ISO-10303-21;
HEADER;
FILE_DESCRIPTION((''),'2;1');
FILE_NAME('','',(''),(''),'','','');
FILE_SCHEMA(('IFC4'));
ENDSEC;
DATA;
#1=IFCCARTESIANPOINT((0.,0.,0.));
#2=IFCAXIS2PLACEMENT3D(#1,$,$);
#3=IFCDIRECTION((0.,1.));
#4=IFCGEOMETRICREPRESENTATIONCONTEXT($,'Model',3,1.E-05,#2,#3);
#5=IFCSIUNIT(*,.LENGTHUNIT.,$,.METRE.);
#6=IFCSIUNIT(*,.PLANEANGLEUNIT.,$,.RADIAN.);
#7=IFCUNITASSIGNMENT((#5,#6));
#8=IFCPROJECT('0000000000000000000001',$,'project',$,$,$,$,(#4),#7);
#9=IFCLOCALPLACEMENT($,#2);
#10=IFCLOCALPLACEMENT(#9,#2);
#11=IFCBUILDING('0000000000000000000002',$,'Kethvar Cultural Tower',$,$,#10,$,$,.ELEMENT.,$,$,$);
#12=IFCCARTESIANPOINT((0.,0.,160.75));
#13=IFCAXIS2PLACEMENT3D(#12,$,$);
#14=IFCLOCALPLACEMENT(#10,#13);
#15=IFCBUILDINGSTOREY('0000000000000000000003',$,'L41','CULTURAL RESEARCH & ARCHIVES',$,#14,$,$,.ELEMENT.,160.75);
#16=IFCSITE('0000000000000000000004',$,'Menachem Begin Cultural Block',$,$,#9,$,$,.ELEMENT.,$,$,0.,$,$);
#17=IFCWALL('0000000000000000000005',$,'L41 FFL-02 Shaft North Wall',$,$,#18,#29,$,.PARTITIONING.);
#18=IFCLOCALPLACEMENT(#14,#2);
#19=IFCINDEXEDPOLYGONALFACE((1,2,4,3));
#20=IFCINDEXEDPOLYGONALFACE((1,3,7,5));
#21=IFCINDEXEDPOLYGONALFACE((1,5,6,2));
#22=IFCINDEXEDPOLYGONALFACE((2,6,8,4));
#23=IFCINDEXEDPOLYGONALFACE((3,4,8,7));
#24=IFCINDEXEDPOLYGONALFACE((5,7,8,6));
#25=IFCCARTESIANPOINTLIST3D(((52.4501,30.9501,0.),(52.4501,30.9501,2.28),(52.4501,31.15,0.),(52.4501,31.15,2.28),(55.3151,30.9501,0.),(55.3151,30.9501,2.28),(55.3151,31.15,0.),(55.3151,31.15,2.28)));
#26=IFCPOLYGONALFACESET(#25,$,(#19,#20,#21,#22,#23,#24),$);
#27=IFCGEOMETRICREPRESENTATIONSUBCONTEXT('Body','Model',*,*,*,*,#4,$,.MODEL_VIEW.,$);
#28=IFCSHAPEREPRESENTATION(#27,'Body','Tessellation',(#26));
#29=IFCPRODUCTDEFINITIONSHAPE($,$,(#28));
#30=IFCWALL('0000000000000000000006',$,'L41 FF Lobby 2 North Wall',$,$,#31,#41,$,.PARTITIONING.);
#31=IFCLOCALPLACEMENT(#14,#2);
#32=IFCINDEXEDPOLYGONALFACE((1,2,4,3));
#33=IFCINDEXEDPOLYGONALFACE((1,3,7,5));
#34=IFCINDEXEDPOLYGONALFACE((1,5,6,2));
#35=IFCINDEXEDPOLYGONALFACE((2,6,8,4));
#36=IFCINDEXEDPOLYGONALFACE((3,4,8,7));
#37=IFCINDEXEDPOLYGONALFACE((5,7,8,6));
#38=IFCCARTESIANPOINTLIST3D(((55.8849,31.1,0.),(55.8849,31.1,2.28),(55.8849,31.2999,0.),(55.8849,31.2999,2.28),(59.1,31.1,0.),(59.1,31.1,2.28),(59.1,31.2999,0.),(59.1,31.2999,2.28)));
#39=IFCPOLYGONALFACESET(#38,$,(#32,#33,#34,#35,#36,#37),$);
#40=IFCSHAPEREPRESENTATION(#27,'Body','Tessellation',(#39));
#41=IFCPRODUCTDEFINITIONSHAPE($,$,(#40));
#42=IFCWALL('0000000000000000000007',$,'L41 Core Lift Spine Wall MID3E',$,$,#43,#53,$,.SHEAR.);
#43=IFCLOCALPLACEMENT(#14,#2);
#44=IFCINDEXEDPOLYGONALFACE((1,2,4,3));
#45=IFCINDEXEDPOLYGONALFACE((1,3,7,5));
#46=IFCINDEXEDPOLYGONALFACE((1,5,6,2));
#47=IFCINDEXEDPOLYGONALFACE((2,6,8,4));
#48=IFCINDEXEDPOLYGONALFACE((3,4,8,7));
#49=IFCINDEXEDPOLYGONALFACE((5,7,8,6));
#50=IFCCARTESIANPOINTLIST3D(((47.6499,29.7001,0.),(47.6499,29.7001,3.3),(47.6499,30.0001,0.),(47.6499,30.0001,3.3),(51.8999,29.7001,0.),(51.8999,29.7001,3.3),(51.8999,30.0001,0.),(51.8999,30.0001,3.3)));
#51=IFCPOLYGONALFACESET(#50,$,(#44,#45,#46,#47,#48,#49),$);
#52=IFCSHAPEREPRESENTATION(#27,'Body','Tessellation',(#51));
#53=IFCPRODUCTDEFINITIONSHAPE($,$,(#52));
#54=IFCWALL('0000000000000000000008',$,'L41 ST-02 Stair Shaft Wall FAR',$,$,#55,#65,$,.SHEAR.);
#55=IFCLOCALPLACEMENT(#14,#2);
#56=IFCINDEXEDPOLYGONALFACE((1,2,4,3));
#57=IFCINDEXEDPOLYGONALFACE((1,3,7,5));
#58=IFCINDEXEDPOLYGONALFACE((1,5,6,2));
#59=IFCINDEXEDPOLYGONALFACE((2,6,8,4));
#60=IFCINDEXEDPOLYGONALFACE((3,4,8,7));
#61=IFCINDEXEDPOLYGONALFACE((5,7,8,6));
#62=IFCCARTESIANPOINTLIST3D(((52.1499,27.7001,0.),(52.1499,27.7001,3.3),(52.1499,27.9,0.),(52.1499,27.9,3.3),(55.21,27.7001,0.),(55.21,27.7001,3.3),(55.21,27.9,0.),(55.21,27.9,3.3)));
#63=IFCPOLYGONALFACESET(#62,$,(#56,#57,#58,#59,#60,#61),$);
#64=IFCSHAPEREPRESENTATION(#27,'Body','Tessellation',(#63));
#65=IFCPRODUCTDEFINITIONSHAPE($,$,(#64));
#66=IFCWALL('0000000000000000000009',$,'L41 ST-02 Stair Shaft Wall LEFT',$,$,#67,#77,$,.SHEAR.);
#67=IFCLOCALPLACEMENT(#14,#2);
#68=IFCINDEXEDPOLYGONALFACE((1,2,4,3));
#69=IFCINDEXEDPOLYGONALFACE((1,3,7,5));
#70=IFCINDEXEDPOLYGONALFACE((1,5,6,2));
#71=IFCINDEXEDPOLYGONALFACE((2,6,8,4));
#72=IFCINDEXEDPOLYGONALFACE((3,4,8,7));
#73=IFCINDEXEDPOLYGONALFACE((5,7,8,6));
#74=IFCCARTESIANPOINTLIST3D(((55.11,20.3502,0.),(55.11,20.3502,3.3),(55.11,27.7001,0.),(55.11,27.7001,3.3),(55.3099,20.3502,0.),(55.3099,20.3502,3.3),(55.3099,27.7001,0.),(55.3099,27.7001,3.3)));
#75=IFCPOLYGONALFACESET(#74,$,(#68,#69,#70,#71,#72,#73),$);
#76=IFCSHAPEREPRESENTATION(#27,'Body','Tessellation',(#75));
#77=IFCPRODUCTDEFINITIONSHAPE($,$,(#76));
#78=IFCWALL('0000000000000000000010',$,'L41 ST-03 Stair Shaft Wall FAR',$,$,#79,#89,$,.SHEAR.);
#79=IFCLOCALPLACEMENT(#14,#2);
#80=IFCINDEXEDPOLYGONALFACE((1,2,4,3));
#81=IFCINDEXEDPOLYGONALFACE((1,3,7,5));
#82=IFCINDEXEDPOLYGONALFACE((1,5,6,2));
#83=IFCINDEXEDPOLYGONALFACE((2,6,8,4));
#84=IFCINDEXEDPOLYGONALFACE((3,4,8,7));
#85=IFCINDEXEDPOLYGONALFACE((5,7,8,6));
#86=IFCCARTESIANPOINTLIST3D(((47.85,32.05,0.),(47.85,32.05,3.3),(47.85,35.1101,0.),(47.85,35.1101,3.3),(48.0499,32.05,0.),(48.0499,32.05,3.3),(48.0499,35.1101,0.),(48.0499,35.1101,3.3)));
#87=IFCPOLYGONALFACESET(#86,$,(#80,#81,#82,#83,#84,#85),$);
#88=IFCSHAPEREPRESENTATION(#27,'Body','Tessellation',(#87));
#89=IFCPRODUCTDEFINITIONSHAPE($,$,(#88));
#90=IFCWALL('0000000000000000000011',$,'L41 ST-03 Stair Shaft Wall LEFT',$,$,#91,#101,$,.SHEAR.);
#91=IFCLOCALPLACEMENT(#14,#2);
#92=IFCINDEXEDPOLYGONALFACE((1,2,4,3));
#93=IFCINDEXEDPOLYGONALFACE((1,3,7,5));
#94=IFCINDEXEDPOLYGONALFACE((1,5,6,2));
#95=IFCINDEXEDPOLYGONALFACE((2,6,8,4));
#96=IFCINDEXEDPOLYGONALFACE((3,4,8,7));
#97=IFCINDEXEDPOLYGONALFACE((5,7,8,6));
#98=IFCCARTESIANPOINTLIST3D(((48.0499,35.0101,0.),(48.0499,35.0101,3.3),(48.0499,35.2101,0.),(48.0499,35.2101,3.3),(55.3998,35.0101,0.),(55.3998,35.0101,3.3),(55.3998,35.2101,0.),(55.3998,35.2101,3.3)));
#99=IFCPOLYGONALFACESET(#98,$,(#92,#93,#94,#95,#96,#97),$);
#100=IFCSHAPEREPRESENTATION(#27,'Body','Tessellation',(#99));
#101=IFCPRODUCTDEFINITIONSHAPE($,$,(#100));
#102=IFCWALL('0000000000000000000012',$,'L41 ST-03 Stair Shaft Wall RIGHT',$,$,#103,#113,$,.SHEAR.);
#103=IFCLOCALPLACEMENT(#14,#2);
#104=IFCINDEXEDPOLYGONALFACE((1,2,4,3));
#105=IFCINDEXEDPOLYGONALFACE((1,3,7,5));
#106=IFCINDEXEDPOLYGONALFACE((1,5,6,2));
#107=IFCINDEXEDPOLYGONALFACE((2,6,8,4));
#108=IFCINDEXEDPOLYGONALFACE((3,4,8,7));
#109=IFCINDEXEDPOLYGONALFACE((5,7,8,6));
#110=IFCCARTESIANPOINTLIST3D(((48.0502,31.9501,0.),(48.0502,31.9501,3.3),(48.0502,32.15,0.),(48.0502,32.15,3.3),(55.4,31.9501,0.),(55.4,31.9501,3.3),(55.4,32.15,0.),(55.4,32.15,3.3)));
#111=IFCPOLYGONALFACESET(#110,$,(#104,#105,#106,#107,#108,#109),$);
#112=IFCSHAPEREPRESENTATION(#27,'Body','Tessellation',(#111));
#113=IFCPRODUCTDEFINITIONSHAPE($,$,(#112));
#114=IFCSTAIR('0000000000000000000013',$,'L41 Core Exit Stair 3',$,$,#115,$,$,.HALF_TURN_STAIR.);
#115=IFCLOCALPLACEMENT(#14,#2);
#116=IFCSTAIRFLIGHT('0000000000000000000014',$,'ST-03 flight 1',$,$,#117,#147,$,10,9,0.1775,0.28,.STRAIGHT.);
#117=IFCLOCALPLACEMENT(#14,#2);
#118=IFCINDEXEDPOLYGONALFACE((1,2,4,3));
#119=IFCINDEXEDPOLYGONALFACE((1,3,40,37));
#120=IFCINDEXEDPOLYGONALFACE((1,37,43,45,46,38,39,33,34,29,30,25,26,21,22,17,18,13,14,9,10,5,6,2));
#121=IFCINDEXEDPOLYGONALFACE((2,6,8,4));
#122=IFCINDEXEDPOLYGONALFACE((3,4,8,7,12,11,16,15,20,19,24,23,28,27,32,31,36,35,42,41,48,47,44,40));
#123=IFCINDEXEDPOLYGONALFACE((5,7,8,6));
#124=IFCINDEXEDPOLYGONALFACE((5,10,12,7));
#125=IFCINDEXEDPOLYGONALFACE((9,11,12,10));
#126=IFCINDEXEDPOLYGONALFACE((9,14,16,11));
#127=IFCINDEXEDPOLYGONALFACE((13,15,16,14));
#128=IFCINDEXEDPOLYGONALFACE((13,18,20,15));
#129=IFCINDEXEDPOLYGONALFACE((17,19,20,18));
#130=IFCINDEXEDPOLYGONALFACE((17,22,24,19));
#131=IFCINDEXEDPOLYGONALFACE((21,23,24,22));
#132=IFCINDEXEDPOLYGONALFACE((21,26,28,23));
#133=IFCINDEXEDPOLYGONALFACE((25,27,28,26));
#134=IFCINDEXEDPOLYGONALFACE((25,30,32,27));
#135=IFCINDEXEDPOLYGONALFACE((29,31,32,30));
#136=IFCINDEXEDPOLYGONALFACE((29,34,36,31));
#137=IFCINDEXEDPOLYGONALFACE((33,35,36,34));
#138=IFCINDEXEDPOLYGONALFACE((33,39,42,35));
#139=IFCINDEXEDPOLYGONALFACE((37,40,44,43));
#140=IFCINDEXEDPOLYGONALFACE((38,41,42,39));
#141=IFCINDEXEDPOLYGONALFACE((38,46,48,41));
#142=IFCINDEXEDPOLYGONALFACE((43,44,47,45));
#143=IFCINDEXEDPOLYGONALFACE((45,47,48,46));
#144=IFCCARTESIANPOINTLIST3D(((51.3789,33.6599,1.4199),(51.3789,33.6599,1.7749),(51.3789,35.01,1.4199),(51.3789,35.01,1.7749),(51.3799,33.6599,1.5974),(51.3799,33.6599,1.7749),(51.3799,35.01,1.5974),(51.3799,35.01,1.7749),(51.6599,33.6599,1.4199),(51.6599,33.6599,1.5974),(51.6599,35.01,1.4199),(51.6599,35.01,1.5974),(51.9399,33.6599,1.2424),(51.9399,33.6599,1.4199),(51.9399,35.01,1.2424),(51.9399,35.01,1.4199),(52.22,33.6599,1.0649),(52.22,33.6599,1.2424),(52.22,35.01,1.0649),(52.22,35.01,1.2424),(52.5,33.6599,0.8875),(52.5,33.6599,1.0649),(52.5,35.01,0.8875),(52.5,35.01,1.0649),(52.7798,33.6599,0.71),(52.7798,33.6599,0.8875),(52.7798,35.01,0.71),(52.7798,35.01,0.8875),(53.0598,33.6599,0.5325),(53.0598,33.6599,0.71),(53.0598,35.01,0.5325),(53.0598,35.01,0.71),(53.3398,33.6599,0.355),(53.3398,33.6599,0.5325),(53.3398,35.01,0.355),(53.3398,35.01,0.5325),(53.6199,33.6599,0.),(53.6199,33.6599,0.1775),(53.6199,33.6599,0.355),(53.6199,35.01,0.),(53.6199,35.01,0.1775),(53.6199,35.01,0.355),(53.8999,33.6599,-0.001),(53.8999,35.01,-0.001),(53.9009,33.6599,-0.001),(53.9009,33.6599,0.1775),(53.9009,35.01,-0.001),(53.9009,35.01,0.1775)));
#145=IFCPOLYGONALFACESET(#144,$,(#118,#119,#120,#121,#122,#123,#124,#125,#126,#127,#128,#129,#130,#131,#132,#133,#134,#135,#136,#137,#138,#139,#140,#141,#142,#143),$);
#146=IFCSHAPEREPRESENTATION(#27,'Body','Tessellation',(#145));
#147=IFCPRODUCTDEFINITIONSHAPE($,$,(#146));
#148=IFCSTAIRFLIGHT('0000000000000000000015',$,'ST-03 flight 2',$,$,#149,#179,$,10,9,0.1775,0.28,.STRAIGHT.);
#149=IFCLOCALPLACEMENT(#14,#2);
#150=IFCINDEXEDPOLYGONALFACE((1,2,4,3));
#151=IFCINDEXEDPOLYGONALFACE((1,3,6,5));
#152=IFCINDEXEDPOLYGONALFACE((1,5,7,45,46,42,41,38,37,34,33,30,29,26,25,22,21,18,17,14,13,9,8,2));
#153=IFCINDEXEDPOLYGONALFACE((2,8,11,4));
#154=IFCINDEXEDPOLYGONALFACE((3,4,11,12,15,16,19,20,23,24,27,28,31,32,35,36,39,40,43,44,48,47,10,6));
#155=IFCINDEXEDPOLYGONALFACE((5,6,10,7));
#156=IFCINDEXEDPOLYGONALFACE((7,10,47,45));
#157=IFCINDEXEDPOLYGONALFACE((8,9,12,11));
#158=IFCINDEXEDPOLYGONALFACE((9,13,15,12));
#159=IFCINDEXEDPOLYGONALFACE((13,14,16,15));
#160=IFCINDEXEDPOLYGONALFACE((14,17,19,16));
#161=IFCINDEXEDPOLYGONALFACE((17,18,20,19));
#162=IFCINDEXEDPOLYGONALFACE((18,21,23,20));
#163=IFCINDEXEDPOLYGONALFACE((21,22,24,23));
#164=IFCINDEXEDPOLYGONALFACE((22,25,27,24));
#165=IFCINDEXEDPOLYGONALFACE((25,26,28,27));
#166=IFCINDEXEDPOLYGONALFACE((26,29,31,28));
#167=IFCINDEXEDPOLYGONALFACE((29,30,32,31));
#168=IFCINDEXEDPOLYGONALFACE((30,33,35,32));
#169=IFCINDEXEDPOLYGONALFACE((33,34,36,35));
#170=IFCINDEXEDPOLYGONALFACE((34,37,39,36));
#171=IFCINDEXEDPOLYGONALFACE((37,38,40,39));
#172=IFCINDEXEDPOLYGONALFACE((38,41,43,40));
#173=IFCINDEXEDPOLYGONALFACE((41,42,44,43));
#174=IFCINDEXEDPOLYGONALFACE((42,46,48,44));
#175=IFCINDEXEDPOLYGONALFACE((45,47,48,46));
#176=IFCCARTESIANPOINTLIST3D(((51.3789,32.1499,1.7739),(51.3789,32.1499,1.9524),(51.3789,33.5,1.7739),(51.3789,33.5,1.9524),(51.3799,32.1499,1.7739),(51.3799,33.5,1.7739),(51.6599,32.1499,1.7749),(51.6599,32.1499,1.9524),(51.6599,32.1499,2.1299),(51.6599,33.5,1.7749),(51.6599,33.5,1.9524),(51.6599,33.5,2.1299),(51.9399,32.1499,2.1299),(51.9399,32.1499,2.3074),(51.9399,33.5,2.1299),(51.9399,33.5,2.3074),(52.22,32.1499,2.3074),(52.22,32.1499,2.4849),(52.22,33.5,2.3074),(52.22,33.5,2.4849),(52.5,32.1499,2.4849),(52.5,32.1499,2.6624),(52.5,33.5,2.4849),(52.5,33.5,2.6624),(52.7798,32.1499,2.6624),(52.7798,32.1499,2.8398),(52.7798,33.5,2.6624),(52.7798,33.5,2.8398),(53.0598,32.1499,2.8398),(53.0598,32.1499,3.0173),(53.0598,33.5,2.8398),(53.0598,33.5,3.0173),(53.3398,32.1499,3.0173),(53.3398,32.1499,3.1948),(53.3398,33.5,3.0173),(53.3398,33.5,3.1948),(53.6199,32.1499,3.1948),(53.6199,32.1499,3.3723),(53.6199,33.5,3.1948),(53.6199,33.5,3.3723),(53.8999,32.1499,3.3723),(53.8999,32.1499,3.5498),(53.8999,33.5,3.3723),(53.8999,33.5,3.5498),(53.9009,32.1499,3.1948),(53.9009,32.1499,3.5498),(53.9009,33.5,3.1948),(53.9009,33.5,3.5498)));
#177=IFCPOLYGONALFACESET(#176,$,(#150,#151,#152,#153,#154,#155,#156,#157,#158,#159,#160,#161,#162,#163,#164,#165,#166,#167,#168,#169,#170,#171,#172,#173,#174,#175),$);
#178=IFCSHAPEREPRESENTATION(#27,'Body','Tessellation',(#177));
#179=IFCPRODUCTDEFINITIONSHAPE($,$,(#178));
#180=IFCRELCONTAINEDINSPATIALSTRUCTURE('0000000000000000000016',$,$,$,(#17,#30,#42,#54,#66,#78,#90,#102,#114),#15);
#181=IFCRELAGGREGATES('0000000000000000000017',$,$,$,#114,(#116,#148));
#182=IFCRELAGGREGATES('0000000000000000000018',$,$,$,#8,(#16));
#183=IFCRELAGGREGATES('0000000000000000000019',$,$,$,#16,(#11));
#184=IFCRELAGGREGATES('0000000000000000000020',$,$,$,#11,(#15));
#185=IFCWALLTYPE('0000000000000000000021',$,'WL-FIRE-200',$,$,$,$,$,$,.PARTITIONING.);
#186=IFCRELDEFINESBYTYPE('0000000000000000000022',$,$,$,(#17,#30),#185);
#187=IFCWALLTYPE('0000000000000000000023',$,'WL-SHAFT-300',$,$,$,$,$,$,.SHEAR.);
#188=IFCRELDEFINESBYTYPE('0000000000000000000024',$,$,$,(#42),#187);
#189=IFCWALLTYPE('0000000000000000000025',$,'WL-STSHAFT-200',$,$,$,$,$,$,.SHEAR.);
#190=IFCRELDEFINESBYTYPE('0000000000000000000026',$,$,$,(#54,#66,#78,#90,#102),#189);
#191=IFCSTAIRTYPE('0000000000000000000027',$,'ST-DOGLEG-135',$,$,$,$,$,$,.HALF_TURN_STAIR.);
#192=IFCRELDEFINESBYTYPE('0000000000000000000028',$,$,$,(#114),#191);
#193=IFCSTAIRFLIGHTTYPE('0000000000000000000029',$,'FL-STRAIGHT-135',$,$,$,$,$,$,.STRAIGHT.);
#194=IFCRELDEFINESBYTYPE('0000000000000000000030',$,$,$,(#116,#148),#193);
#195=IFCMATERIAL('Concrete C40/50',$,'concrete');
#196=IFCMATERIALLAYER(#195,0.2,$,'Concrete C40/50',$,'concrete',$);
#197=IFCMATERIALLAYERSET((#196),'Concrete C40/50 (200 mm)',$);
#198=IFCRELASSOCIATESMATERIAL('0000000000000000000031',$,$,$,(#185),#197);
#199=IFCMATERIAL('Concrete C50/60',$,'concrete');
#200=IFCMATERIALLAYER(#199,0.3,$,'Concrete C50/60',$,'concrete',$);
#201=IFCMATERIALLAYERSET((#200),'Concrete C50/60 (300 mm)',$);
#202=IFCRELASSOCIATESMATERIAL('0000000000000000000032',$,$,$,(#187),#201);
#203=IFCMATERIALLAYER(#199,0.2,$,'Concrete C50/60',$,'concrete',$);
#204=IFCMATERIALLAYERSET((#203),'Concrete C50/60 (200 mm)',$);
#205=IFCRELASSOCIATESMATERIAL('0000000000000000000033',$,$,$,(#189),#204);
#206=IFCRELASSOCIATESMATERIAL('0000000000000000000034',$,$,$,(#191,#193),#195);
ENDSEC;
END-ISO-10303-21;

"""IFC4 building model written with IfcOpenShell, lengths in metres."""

from ifc_helpers import new_model, si_unit, direction, frame, frame_2d, origin, place, context, subcontext, project, spatial, polyline, rectangle, outline, extrude, material, layer, layer_set, type_object, element, aggregate, save


model = new_model("IFC4")

# Units and contexts
model_context = context("Model", 3, precision=1e-05, world=origin(), true_north=direction((0.0, 1.0)))
body_context = subcontext(model_context, "Body", "Model", "MODEL_VIEW")
ifc_project = project(units=[si_unit("LENGTHUNIT", "METRE"), si_unit("PLANEANGLEUNIT", "RADIAN")], contexts=[model_context])

# Site, building, storey
site_placement = place(None, origin())
site = spatial("IfcSite", under=ifc_project, at=site_placement, Name="Menachem Begin Cultural Block", CompositionType="ELEMENT", RefElevation=0.0)
building_placement = place(site_placement, origin())
building = spatial("IfcBuilding", under=site, at=building_placement, Name="Kethvar Cultural Tower", CompositionType="ELEMENT")
storey_placement = place(building_placement, frame((0.0, 0.0, 160.75)))
storey = spatial("IfcBuildingStorey", under=building, at=storey_placement, Name="L41", Description="CULTURAL RESEARCH & ARCHIVES", CompositionType="ELEMENT", Elevation=160.75)

# Walls
ifc_material_1 = material(Name="Concrete C40/50", Category="concrete")
ifc_layer_1 = layer(ifc_material_1, 0.2, Name="Concrete C40/50", Category="concrete")
ifc_layer_set_1 = layer_set([ifc_layer_1], Name="Concrete C40/50 (200 mm)")
wall_type_1 = type_object("IfcWallType", Name="WL-FIRE-200", PredefinedType="PARTITIONING", material=ifc_layer_set_1)
for number, where, z_axis, x_axis, name in (
    (1, (52.45, 31.05, 0.0), (0.0, 0.0, 1.0), (1.0, 0.0, 0.0), "L41 FFL-02 Shaft North Wall"),
):
    element("IfcWall", number, at=place(storey_placement, frame(where, z_axis=z_axis, x_axis=x_axis)), inside=storey, type_object=wall_type_1, Name=name, PredefinedType="PARTITIONING", context=body_context, shape_type="SweptSolid", body=[
        extrude(rectangle(XDim=2.865, YDim=0.2, at=frame_2d((1.4326, 0.0))), origin(), (0.0, 0.0, 1.0), 2.28),
    ])
wall_1_placement = place(storey_placement, frame((55.885, 31.2, 0.0), z_axis=(0.0, 0.0, 1.0), x_axis=(1.0, 0.0, 0.0)))
element("IfcWall", 2, at=wall_1_placement, inside=storey, type_object=wall_type_1, Name="L41 FF Lobby 2 North Wall", PredefinedType="PARTITIONING", context=body_context, shape_type="SweptSolid", body=[
    extrude(rectangle(XDim=3.2151, YDim=0.2, at=frame_2d((1.6074, 0.0))), origin(), (0.0, 0.0, 1.0), 2.28),
])
ifc_material_2 = material(Name="Concrete C50/60", Category="concrete")
ifc_layer_2 = layer(ifc_material_2, 0.3, Name="Concrete C50/60", Category="concrete")
ifc_layer_set_2 = layer_set([ifc_layer_2], Name="Concrete C50/60 (300 mm)")
wall_type_2 = type_object("IfcWallType", Name="WL-SHAFT-300", PredefinedType="SHEAR", material=ifc_layer_set_2)
wall_2_placement = place(storey_placement, frame((47.6499, 29.8501, 0.0), z_axis=(0.0, 0.0, 1.0), x_axis=(1.0, 0.0, 0.0)))
element("IfcWall", 3, at=wall_2_placement, inside=storey, type_object=wall_type_2, Name="L41 Core Lift Spine Wall MID3E", PredefinedType="SHEAR", context=body_context, shape_type="SweptSolid", body=[
    extrude(rectangle(XDim=4.25, YDim=0.3, at=frame_2d((2.125, 0.0))), origin(), (0.0, 0.0, 1.0), 3.3),
])
ifc_layer_3 = layer(ifc_material_2, 0.2, Name="Concrete C50/60", Category="concrete")
ifc_layer_set_3 = layer_set([ifc_layer_3], Name="Concrete C50/60 (200 mm)")
wall_type_3 = type_object("IfcWallType", Name="WL-STSHAFT-200", PredefinedType="SHEAR", material=ifc_layer_set_3)
wall_3_placement = place(storey_placement, frame((52.1499, 27.8, 0.0), z_axis=(0.0, 0.0, 1.0), x_axis=(1.0, 0.0, 0.0)))
element("IfcWall", 4, at=wall_3_placement, inside=storey, type_object=wall_type_3, Name="L41 ST-02 Stair Shaft Wall FAR", PredefinedType="SHEAR", context=body_context, shape_type="SweptSolid", body=[
    extrude(rectangle(XDim=3.0601, YDim=0.2, at=frame_2d((1.53, 0.0))), origin(), (0.0, 0.0, 1.0), 3.3),
])
wall_4_placement = place(storey_placement, frame((55.21, 27.7, 0.0), z_axis=(0.0, 0.0, 1.0), x_axis=(0.0, -1.0, 0.0)))
element("IfcWall", 5, at=wall_4_placement, inside=storey, type_object=wall_type_3, Name="L41 ST-02 Stair Shaft Wall LEFT", PredefinedType="SHEAR", context=body_context, shape_type="SweptSolid", body=[
    extrude(rectangle(XDim=7.3499, YDim=0.2, at=frame_2d((3.6748, 0.0))), origin(), (0.0, 0.0, 1.0), 3.3),
])
wall_5_placement = place(storey_placement, frame((47.95, 32.05, 0.0), z_axis=(0.0, 0.0, 1.0), x_axis=(0.0, 1.0, 0.0)))
element("IfcWall", 6, at=wall_5_placement, inside=storey, type_object=wall_type_3, Name="L41 ST-03 Stair Shaft Wall FAR", PredefinedType="SHEAR", context=body_context, shape_type="SweptSolid", body=[
    extrude(rectangle(XDim=3.0601, YDim=0.2, at=frame_2d((1.53, 0.0))), origin(), (0.0, 0.0, 1.0), 3.3),
])
for number, where, z_axis, x_axis, name in (
    (7, (48.05, 35.1101, 0.0), (0.0, 0.0, 1.0), (1.0, 0.0, 0.0), "L41 ST-03 Stair Shaft Wall LEFT"),
    (8, (55.3999, 32.05, 0.0), (0.0, 0.0, 1.0), (-1.0, 0.0, 0.0), "L41 ST-03 Stair Shaft Wall RIGHT"),
):
    element("IfcWall", number, at=place(storey_placement, frame(where, z_axis=z_axis, x_axis=x_axis)), inside=storey, type_object=wall_type_3, Name=name, PredefinedType="SHEAR", context=body_context, shape_type="SweptSolid", body=[
        extrude(rectangle(XDim=7.3499, YDim=0.2, at=frame_2d((3.6748, 0.0))), origin(), (0.0, 0.0, 1.0), 3.3),
    ])

# Stair, stair flights
stair_type = type_object("IfcStairType", Name="ST-DOGLEG-135", PredefinedType="HALF_TURN_STAIR", material=ifc_material_1)
stair_placement = place(storey_placement, origin())
stair = element("IfcStair", 9, at=stair_placement, inside=storey, type_object=stair_type, Name="L41 Core Exit Stair 3", PredefinedType="HALF_TURN_STAIR")
stair_flight_type = type_object("IfcStairFlightType", Name="FL-STRAIGHT-135", PredefinedType="STRAIGHT", material=ifc_material_1)
stair_flight_1_placement = place(storey_placement, frame((53.8999, 34.335, 0.0), z_axis=(0.0, 0.0, 1.0), x_axis=(-1.0, 0.0, 0.0)))
stair_flight_1 = element("IfcStairFlight", 10, at=stair_flight_1_placement, type_object=stair_flight_type, Name="ST-03 flight 1", NumberOfRisers=10, NumberOfTreads=9, PredefinedType="STRAIGHT", RiserHeight=0.1775, TreadLength=0.28, context=body_context, shape_type="SweptSolid", body=[
    extrude(outline(polyline([(-0.001, -0.001), (-0.001, 0.1775), (0.28, 0.1775), (0.28, 0.355), (0.5601, 0.355), (0.5601, 0.5325), (0.8401, 0.5325), (0.8401, 0.71), (1.1201, 0.71), (1.1201, 0.8875), (1.3999, 0.8875), (1.3999, 1.0649), (1.6799, 1.0649), (1.6799, 1.2424), (1.96, 1.2424), (1.96, 1.4199), (2.24, 1.4199), (2.24, 1.5974), (2.52, 1.5974), (2.52, 1.7749), (2.521, 1.7749), (2.521, 1.4199), (0.28, 0.0), (0.0, -0.001), (-0.001, -0.001)])), frame((0.0, 0.675, 0.0), z_axis=(0.0, -1.0, 0.0), x_axis=(1.0, 0.0, 0.0)), (0.0, 0.0, 1.0), 1.3501),
])
stair_flight_2_placement = place(storey_placement, frame((51.3799, 32.825, 1.7749), z_axis=(0.0, 0.0, 1.0), x_axis=(1.0, 0.0, 0.0)))
stair_flight_2 = element("IfcStairFlight", 11, at=stair_flight_2_placement, type_object=stair_flight_type, Name="ST-03 flight 2", NumberOfRisers=10, NumberOfTreads=9, PredefinedType="STRAIGHT", RiserHeight=0.1775, TreadLength=0.28, context=body_context, shape_type="SweptSolid", body=[
    extrude(outline(polyline([(-0.001, -0.001), (-0.001, 0.1775), (0.28, 0.1775), (0.28, 0.355), (0.5601, 0.355), (0.5601, 0.5325), (0.8401, 0.5325), (0.8401, 0.71), (1.1201, 0.71), (1.1201, 0.8875), (1.3999, 0.8875), (1.3999, 1.0649), (1.6799, 1.0649), (1.6799, 1.2424), (1.96, 1.2424), (1.96, 1.4199), (2.24, 1.4199), (2.24, 1.5974), (2.52, 1.5974), (2.52, 1.7749), (2.521, 1.7749), (2.521, 1.4199), (0.28, 0.0), (0.0, -0.001), (-0.001, -0.001)])), frame((0.0, 0.675, 0.0), z_axis=(0.0, -1.0, 0.0), x_axis=(1.0, 0.0, 0.0)), (0.0, 0.0, 1.0), 1.3501),
])
aggregate(stair, [stair_flight_1, stair_flight_2])

save(model, "model.ifc")
